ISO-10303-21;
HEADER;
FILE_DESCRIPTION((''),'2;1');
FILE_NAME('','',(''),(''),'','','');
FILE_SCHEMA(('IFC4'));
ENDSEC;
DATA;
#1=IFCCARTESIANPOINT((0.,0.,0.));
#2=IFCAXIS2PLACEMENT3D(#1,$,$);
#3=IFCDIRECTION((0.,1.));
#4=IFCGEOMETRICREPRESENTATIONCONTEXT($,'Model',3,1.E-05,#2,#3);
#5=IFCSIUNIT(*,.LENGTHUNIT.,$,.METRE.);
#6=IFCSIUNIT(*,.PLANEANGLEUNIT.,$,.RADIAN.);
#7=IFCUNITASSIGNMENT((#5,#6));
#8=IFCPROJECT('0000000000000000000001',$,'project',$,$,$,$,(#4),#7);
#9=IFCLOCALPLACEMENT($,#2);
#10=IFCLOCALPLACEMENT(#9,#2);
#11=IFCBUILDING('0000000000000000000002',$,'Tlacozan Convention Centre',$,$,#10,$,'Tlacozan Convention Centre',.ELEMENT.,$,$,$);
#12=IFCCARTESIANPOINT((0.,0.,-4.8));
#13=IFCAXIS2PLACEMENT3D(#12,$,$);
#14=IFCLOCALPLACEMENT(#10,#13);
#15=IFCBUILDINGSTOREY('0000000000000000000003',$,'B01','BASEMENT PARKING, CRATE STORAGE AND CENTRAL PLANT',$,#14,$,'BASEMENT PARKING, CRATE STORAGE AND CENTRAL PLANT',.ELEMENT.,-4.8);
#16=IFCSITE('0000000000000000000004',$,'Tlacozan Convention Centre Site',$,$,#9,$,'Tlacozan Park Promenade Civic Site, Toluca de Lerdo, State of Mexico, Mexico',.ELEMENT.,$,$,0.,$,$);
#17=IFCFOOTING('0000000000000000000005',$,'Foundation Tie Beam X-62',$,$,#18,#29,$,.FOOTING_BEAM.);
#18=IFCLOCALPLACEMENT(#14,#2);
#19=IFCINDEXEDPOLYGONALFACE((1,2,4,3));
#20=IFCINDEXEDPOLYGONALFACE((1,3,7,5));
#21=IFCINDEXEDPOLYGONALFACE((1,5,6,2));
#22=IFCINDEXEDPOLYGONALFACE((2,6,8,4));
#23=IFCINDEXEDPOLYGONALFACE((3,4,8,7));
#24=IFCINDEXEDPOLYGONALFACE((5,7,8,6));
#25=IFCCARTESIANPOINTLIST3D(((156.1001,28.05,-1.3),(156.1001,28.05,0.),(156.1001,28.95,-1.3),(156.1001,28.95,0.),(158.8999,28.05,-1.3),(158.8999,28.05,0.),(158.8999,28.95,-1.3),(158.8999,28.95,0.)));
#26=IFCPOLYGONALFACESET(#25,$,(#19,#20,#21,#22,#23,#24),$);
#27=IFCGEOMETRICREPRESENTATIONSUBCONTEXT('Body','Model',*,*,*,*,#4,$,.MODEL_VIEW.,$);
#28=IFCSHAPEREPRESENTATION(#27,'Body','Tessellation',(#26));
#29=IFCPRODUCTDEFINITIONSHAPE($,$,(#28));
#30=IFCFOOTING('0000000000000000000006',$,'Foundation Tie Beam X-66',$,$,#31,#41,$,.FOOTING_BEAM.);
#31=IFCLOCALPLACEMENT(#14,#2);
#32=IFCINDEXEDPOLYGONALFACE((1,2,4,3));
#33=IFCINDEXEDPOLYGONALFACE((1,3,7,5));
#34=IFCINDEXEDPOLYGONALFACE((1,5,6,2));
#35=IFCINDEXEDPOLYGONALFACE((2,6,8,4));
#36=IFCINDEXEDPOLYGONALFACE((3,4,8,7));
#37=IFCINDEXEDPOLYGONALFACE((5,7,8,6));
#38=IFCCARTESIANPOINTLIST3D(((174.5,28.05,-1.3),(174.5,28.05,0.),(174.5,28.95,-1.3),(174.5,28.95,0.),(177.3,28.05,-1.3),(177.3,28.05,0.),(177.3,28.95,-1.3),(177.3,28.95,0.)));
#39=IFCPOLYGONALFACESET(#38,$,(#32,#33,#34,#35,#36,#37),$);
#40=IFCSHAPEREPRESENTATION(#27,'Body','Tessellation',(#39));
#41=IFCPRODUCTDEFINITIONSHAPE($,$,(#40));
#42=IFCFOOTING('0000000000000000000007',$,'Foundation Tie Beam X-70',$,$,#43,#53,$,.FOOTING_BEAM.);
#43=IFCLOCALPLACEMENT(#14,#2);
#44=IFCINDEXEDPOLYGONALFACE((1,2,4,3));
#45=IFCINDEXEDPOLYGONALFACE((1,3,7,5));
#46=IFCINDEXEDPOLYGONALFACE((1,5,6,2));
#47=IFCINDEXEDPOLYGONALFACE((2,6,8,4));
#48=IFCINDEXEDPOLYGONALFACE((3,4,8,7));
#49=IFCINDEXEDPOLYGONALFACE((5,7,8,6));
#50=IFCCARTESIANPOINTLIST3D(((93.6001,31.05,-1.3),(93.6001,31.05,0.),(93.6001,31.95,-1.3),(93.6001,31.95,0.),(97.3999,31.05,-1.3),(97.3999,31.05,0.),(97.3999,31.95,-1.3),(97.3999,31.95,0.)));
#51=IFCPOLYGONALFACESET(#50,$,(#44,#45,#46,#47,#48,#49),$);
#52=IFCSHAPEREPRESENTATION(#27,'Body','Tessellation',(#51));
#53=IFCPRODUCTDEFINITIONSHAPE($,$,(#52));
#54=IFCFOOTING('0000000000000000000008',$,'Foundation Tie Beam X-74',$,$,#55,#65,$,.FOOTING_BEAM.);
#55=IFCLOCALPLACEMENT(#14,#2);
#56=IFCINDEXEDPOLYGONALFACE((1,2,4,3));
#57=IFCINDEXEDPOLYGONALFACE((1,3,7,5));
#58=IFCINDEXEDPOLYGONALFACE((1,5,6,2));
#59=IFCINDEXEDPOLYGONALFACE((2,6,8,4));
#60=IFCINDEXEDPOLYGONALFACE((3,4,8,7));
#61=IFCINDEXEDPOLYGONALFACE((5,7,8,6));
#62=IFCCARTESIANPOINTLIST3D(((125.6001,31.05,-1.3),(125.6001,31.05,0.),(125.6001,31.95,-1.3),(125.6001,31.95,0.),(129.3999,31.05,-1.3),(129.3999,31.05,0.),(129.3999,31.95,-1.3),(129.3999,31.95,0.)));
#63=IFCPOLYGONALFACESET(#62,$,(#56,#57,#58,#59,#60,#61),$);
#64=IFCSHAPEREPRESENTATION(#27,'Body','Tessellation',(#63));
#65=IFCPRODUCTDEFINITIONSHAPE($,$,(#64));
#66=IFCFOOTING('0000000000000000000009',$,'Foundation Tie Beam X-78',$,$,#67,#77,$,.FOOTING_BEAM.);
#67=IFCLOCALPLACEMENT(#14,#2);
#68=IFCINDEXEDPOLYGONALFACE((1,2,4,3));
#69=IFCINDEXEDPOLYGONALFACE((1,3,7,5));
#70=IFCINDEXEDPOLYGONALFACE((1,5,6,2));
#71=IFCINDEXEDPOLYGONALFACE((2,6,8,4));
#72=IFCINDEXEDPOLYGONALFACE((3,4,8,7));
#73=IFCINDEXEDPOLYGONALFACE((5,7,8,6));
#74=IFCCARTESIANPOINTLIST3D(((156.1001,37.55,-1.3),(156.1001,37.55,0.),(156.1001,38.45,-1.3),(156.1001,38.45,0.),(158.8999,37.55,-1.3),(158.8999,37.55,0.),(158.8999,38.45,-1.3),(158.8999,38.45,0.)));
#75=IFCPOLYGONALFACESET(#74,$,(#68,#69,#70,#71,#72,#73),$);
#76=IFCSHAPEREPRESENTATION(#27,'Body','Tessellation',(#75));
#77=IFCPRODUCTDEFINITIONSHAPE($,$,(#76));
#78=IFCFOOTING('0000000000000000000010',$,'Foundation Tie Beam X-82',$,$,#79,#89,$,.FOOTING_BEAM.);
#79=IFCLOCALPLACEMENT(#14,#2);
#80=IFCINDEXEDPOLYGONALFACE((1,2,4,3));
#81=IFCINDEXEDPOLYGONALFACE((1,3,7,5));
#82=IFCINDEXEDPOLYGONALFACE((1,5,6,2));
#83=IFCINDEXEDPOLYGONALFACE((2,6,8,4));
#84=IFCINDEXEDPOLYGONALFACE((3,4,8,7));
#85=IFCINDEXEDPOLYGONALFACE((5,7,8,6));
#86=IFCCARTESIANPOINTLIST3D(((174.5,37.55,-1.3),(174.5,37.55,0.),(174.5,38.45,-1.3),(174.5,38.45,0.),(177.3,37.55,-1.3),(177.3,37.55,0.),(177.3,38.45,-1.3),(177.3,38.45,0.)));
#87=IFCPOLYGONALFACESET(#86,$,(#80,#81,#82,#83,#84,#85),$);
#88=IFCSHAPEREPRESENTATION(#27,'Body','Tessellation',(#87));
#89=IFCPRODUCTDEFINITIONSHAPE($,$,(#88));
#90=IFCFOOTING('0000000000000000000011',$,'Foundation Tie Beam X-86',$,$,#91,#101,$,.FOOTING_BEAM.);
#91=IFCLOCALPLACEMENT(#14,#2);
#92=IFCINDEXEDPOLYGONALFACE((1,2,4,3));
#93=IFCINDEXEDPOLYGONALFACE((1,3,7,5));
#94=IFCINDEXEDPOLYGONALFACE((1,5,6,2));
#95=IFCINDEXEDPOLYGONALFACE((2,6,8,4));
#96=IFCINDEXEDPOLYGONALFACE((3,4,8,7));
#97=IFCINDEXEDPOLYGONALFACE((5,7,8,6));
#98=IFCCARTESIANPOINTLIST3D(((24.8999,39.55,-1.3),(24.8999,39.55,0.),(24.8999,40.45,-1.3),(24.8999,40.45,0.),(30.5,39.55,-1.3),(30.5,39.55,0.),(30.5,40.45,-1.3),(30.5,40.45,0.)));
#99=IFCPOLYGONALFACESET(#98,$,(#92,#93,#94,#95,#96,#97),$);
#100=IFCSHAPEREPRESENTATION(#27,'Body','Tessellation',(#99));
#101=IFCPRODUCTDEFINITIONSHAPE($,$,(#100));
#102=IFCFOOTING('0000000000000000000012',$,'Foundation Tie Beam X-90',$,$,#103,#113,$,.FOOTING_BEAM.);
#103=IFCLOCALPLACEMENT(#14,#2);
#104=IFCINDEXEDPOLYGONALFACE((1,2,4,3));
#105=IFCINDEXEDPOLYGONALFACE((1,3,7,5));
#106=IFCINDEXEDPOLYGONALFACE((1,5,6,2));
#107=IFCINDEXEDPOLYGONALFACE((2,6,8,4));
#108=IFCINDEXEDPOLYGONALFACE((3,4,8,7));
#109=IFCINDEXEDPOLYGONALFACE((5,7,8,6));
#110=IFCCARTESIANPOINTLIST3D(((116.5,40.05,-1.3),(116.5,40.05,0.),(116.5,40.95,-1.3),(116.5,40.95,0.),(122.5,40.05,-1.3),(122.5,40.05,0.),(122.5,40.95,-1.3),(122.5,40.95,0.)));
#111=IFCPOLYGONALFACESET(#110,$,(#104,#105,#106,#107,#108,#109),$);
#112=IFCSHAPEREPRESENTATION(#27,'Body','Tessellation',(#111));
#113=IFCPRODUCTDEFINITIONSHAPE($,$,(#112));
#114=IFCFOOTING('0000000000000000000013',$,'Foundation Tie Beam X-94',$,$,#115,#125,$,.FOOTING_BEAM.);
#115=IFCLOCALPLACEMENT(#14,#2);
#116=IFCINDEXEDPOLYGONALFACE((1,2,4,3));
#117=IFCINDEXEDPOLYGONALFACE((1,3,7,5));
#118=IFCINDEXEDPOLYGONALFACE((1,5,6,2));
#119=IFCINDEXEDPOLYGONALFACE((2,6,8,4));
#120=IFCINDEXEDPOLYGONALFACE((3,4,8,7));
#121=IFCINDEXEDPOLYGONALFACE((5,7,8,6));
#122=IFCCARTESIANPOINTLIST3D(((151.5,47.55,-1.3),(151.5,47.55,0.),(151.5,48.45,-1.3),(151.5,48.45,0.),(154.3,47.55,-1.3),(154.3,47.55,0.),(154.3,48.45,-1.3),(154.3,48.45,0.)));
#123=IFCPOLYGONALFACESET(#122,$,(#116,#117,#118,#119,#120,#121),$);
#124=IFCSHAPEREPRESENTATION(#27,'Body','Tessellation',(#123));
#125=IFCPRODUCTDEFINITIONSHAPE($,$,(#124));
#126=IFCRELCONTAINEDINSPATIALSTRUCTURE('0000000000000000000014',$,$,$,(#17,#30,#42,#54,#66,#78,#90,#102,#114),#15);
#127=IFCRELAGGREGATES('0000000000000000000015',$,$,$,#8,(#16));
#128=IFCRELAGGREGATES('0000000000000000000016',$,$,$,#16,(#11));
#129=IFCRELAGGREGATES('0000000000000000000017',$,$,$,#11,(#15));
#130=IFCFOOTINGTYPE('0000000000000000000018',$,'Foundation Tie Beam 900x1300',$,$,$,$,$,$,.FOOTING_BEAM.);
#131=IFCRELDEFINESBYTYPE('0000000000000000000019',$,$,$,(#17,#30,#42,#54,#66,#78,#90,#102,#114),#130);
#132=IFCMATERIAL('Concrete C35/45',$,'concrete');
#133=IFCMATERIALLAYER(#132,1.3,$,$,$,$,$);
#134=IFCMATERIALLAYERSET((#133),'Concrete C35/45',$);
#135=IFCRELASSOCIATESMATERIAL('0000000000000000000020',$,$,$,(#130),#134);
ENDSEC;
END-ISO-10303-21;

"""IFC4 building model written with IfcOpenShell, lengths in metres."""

from ifc_helpers import new_model, si_unit, direction, frame, origin, place, context, subcontext, project, spatial, polyline, outline, extrude, material, layer, layer_set, type_object, element, save


model = new_model("IFC4")

# Units and contexts
model_context = context("Model", 3, precision=1e-05, world=origin(), true_north=direction((0.0, 1.0)))
body_context = subcontext(model_context, "Body", "Model", "MODEL_VIEW")
ifc_project = project(units=[si_unit("LENGTHUNIT", "METRE"), si_unit("PLANEANGLEUNIT", "RADIAN")], contexts=[model_context])

# Site, building, storey
site_placement = place(None, origin())
site = spatial("IfcSite", under=ifc_project, at=site_placement, Name="Tlacozan Convention Centre Site", LongName="Tlacozan Park Promenade Civic Site, Toluca de Lerdo, State of Mexico, Mexico", CompositionType="ELEMENT", RefElevation=0.0)
building_placement = place(site_placement, origin())
building = spatial("IfcBuilding", under=site, at=building_placement, Name="Tlacozan Convention Centre", LongName="Tlacozan Convention Centre", CompositionType="ELEMENT")
storey_placement = place(building_placement, frame((0.0, 0.0, -4.8)))
storey = spatial("IfcBuildingStorey", under=building, at=storey_placement, Name="B01", Description="BASEMENT PARKING, CRATE STORAGE AND CENTRAL PLANT", LongName="BASEMENT PARKING, CRATE STORAGE AND CENTRAL PLANT", CompositionType="ELEMENT", Elevation=-4.8)

# Footings
ifc_material = material(Name="Concrete C35/45", Category="concrete")
ifc_layer = layer(ifc_material, 1.3)
ifc_layer_set = layer_set([ifc_layer], Name="Concrete C35/45")
footing_type = type_object("IfcFootingType", Name="Foundation Tie Beam 900x1300", PredefinedType="FOOTING_BEAM", material=ifc_layer_set)
footing_1_placement = place(storey_placement, frame((0.0, 0.0, -1.3)))
element("IfcFooting", 1, at=footing_1_placement, inside=storey, type_object=footing_type, Name="Foundation Tie Beam X-62", PredefinedType="FOOTING_BEAM", context=body_context, shape_type="SweptSolid", body=[
    extrude(outline(polyline([(156.1001, 28.05), (158.8999, 28.05), (158.8999, 28.95), (156.1001, 28.95), (156.1001, 28.05)])), origin(), (0.0, 0.0, 1.0), 1.3),
])
footing_2_placement = place(storey_placement, frame((0.0, 0.0, -1.3)))
element("IfcFooting", 2, at=footing_2_placement, inside=storey, type_object=footing_type, Name="Foundation Tie Beam X-66", PredefinedType="FOOTING_BEAM", context=body_context, shape_type="SweptSolid", body=[
    extrude(outline(polyline([(174.5, 28.05), (177.3, 28.05), (177.3, 28.95), (174.5, 28.95), (174.5, 28.05)])), origin(), (0.0, 0.0, 1.0), 1.3),
])
footing_3_placement = place(storey_placement, frame((0.0, 0.0, -1.3)))
element("IfcFooting", 3, at=footing_3_placement, inside=storey, type_object=footing_type, Name="Foundation Tie Beam X-70", PredefinedType="FOOTING_BEAM", context=body_context, shape_type="SweptSolid", body=[
    extrude(outline(polyline([(93.6001, 31.05), (97.3999, 31.05), (97.3999, 31.95), (93.6001, 31.95), (93.6001, 31.05)])), origin(), (0.0, 0.0, 1.0), 1.3),
])
footing_4_placement = place(storey_placement, frame((0.0, 0.0, -1.3)))
element("IfcFooting", 4, at=footing_4_placement, inside=storey, type_object=footing_type, Name="Foundation Tie Beam X-74", PredefinedType="FOOTING_BEAM", context=body_context, shape_type="SweptSolid", body=[
    extrude(outline(polyline([(125.6001, 31.05), (129.3999, 31.05), (129.3999, 31.95), (125.6001, 31.95), (125.6001, 31.05)])), origin(), (0.0, 0.0, 1.0), 1.3),
])
footing_5_placement = place(storey_placement, frame((0.0, 0.0, -1.3)))
element("IfcFooting", 5, at=footing_5_placement, inside=storey, type_object=footing_type, Name="Foundation Tie Beam X-78", PredefinedType="FOOTING_BEAM", context=body_context, shape_type="SweptSolid", body=[
    extrude(outline(polyline([(156.1001, 37.55), (158.8999, 37.55), (158.8999, 38.45), (156.1001, 38.45), (156.1001, 37.55)])), origin(), (0.0, 0.0, 1.0), 1.3),
])
footing_6_placement = place(storey_placement, frame((0.0, 0.0, -1.3)))
element("IfcFooting", 6, at=footing_6_placement, inside=storey, type_object=footing_type, Name="Foundation Tie Beam X-82", PredefinedType="FOOTING_BEAM", context=body_context, shape_type="SweptSolid", body=[
    extrude(outline(polyline([(174.5, 37.55), (177.3, 37.55), (177.3, 38.45), (174.5, 38.45), (174.5, 37.55)])), origin(), (0.0, 0.0, 1.0), 1.3),
])
footing_7_placement = place(storey_placement, frame((0.0, 0.0, -1.3)))
element("IfcFooting", 7, at=footing_7_placement, inside=storey, type_object=footing_type, Name="Foundation Tie Beam X-86", PredefinedType="FOOTING_BEAM", context=body_context, shape_type="SweptSolid", body=[
    extrude(outline(polyline([(24.8999, 39.55), (30.5, 39.55), (30.5, 40.45), (24.8999, 40.45), (24.8999, 39.55)])), origin(), (0.0, 0.0, 1.0), 1.3),
])
footing_8_placement = place(storey_placement, frame((0.0, 0.0, -1.3)))
element("IfcFooting", 8, at=footing_8_placement, inside=storey, type_object=footing_type, Name="Foundation Tie Beam X-90", PredefinedType="FOOTING_BEAM", context=body_context, shape_type="SweptSolid", body=[
    extrude(outline(polyline([(116.5, 40.05), (122.5, 40.05), (122.5, 40.95), (116.5, 40.95), (116.5, 40.05)])), origin(), (0.0, 0.0, 1.0), 1.3),
])
footing_9_placement = place(storey_placement, frame((0.0, 0.0, -1.3)))
element("IfcFooting", 9, at=footing_9_placement, inside=storey, type_object=footing_type, Name="Foundation Tie Beam X-94", PredefinedType="FOOTING_BEAM", context=body_context, shape_type="SweptSolid", body=[
    extrude(outline(polyline([(151.5, 47.55), (154.3, 47.55), (154.3, 48.45), (151.5, 48.45), (151.5, 47.55)])), origin(), (0.0, 0.0, 1.0), 1.3),
])

save(model, "model.ifc")
